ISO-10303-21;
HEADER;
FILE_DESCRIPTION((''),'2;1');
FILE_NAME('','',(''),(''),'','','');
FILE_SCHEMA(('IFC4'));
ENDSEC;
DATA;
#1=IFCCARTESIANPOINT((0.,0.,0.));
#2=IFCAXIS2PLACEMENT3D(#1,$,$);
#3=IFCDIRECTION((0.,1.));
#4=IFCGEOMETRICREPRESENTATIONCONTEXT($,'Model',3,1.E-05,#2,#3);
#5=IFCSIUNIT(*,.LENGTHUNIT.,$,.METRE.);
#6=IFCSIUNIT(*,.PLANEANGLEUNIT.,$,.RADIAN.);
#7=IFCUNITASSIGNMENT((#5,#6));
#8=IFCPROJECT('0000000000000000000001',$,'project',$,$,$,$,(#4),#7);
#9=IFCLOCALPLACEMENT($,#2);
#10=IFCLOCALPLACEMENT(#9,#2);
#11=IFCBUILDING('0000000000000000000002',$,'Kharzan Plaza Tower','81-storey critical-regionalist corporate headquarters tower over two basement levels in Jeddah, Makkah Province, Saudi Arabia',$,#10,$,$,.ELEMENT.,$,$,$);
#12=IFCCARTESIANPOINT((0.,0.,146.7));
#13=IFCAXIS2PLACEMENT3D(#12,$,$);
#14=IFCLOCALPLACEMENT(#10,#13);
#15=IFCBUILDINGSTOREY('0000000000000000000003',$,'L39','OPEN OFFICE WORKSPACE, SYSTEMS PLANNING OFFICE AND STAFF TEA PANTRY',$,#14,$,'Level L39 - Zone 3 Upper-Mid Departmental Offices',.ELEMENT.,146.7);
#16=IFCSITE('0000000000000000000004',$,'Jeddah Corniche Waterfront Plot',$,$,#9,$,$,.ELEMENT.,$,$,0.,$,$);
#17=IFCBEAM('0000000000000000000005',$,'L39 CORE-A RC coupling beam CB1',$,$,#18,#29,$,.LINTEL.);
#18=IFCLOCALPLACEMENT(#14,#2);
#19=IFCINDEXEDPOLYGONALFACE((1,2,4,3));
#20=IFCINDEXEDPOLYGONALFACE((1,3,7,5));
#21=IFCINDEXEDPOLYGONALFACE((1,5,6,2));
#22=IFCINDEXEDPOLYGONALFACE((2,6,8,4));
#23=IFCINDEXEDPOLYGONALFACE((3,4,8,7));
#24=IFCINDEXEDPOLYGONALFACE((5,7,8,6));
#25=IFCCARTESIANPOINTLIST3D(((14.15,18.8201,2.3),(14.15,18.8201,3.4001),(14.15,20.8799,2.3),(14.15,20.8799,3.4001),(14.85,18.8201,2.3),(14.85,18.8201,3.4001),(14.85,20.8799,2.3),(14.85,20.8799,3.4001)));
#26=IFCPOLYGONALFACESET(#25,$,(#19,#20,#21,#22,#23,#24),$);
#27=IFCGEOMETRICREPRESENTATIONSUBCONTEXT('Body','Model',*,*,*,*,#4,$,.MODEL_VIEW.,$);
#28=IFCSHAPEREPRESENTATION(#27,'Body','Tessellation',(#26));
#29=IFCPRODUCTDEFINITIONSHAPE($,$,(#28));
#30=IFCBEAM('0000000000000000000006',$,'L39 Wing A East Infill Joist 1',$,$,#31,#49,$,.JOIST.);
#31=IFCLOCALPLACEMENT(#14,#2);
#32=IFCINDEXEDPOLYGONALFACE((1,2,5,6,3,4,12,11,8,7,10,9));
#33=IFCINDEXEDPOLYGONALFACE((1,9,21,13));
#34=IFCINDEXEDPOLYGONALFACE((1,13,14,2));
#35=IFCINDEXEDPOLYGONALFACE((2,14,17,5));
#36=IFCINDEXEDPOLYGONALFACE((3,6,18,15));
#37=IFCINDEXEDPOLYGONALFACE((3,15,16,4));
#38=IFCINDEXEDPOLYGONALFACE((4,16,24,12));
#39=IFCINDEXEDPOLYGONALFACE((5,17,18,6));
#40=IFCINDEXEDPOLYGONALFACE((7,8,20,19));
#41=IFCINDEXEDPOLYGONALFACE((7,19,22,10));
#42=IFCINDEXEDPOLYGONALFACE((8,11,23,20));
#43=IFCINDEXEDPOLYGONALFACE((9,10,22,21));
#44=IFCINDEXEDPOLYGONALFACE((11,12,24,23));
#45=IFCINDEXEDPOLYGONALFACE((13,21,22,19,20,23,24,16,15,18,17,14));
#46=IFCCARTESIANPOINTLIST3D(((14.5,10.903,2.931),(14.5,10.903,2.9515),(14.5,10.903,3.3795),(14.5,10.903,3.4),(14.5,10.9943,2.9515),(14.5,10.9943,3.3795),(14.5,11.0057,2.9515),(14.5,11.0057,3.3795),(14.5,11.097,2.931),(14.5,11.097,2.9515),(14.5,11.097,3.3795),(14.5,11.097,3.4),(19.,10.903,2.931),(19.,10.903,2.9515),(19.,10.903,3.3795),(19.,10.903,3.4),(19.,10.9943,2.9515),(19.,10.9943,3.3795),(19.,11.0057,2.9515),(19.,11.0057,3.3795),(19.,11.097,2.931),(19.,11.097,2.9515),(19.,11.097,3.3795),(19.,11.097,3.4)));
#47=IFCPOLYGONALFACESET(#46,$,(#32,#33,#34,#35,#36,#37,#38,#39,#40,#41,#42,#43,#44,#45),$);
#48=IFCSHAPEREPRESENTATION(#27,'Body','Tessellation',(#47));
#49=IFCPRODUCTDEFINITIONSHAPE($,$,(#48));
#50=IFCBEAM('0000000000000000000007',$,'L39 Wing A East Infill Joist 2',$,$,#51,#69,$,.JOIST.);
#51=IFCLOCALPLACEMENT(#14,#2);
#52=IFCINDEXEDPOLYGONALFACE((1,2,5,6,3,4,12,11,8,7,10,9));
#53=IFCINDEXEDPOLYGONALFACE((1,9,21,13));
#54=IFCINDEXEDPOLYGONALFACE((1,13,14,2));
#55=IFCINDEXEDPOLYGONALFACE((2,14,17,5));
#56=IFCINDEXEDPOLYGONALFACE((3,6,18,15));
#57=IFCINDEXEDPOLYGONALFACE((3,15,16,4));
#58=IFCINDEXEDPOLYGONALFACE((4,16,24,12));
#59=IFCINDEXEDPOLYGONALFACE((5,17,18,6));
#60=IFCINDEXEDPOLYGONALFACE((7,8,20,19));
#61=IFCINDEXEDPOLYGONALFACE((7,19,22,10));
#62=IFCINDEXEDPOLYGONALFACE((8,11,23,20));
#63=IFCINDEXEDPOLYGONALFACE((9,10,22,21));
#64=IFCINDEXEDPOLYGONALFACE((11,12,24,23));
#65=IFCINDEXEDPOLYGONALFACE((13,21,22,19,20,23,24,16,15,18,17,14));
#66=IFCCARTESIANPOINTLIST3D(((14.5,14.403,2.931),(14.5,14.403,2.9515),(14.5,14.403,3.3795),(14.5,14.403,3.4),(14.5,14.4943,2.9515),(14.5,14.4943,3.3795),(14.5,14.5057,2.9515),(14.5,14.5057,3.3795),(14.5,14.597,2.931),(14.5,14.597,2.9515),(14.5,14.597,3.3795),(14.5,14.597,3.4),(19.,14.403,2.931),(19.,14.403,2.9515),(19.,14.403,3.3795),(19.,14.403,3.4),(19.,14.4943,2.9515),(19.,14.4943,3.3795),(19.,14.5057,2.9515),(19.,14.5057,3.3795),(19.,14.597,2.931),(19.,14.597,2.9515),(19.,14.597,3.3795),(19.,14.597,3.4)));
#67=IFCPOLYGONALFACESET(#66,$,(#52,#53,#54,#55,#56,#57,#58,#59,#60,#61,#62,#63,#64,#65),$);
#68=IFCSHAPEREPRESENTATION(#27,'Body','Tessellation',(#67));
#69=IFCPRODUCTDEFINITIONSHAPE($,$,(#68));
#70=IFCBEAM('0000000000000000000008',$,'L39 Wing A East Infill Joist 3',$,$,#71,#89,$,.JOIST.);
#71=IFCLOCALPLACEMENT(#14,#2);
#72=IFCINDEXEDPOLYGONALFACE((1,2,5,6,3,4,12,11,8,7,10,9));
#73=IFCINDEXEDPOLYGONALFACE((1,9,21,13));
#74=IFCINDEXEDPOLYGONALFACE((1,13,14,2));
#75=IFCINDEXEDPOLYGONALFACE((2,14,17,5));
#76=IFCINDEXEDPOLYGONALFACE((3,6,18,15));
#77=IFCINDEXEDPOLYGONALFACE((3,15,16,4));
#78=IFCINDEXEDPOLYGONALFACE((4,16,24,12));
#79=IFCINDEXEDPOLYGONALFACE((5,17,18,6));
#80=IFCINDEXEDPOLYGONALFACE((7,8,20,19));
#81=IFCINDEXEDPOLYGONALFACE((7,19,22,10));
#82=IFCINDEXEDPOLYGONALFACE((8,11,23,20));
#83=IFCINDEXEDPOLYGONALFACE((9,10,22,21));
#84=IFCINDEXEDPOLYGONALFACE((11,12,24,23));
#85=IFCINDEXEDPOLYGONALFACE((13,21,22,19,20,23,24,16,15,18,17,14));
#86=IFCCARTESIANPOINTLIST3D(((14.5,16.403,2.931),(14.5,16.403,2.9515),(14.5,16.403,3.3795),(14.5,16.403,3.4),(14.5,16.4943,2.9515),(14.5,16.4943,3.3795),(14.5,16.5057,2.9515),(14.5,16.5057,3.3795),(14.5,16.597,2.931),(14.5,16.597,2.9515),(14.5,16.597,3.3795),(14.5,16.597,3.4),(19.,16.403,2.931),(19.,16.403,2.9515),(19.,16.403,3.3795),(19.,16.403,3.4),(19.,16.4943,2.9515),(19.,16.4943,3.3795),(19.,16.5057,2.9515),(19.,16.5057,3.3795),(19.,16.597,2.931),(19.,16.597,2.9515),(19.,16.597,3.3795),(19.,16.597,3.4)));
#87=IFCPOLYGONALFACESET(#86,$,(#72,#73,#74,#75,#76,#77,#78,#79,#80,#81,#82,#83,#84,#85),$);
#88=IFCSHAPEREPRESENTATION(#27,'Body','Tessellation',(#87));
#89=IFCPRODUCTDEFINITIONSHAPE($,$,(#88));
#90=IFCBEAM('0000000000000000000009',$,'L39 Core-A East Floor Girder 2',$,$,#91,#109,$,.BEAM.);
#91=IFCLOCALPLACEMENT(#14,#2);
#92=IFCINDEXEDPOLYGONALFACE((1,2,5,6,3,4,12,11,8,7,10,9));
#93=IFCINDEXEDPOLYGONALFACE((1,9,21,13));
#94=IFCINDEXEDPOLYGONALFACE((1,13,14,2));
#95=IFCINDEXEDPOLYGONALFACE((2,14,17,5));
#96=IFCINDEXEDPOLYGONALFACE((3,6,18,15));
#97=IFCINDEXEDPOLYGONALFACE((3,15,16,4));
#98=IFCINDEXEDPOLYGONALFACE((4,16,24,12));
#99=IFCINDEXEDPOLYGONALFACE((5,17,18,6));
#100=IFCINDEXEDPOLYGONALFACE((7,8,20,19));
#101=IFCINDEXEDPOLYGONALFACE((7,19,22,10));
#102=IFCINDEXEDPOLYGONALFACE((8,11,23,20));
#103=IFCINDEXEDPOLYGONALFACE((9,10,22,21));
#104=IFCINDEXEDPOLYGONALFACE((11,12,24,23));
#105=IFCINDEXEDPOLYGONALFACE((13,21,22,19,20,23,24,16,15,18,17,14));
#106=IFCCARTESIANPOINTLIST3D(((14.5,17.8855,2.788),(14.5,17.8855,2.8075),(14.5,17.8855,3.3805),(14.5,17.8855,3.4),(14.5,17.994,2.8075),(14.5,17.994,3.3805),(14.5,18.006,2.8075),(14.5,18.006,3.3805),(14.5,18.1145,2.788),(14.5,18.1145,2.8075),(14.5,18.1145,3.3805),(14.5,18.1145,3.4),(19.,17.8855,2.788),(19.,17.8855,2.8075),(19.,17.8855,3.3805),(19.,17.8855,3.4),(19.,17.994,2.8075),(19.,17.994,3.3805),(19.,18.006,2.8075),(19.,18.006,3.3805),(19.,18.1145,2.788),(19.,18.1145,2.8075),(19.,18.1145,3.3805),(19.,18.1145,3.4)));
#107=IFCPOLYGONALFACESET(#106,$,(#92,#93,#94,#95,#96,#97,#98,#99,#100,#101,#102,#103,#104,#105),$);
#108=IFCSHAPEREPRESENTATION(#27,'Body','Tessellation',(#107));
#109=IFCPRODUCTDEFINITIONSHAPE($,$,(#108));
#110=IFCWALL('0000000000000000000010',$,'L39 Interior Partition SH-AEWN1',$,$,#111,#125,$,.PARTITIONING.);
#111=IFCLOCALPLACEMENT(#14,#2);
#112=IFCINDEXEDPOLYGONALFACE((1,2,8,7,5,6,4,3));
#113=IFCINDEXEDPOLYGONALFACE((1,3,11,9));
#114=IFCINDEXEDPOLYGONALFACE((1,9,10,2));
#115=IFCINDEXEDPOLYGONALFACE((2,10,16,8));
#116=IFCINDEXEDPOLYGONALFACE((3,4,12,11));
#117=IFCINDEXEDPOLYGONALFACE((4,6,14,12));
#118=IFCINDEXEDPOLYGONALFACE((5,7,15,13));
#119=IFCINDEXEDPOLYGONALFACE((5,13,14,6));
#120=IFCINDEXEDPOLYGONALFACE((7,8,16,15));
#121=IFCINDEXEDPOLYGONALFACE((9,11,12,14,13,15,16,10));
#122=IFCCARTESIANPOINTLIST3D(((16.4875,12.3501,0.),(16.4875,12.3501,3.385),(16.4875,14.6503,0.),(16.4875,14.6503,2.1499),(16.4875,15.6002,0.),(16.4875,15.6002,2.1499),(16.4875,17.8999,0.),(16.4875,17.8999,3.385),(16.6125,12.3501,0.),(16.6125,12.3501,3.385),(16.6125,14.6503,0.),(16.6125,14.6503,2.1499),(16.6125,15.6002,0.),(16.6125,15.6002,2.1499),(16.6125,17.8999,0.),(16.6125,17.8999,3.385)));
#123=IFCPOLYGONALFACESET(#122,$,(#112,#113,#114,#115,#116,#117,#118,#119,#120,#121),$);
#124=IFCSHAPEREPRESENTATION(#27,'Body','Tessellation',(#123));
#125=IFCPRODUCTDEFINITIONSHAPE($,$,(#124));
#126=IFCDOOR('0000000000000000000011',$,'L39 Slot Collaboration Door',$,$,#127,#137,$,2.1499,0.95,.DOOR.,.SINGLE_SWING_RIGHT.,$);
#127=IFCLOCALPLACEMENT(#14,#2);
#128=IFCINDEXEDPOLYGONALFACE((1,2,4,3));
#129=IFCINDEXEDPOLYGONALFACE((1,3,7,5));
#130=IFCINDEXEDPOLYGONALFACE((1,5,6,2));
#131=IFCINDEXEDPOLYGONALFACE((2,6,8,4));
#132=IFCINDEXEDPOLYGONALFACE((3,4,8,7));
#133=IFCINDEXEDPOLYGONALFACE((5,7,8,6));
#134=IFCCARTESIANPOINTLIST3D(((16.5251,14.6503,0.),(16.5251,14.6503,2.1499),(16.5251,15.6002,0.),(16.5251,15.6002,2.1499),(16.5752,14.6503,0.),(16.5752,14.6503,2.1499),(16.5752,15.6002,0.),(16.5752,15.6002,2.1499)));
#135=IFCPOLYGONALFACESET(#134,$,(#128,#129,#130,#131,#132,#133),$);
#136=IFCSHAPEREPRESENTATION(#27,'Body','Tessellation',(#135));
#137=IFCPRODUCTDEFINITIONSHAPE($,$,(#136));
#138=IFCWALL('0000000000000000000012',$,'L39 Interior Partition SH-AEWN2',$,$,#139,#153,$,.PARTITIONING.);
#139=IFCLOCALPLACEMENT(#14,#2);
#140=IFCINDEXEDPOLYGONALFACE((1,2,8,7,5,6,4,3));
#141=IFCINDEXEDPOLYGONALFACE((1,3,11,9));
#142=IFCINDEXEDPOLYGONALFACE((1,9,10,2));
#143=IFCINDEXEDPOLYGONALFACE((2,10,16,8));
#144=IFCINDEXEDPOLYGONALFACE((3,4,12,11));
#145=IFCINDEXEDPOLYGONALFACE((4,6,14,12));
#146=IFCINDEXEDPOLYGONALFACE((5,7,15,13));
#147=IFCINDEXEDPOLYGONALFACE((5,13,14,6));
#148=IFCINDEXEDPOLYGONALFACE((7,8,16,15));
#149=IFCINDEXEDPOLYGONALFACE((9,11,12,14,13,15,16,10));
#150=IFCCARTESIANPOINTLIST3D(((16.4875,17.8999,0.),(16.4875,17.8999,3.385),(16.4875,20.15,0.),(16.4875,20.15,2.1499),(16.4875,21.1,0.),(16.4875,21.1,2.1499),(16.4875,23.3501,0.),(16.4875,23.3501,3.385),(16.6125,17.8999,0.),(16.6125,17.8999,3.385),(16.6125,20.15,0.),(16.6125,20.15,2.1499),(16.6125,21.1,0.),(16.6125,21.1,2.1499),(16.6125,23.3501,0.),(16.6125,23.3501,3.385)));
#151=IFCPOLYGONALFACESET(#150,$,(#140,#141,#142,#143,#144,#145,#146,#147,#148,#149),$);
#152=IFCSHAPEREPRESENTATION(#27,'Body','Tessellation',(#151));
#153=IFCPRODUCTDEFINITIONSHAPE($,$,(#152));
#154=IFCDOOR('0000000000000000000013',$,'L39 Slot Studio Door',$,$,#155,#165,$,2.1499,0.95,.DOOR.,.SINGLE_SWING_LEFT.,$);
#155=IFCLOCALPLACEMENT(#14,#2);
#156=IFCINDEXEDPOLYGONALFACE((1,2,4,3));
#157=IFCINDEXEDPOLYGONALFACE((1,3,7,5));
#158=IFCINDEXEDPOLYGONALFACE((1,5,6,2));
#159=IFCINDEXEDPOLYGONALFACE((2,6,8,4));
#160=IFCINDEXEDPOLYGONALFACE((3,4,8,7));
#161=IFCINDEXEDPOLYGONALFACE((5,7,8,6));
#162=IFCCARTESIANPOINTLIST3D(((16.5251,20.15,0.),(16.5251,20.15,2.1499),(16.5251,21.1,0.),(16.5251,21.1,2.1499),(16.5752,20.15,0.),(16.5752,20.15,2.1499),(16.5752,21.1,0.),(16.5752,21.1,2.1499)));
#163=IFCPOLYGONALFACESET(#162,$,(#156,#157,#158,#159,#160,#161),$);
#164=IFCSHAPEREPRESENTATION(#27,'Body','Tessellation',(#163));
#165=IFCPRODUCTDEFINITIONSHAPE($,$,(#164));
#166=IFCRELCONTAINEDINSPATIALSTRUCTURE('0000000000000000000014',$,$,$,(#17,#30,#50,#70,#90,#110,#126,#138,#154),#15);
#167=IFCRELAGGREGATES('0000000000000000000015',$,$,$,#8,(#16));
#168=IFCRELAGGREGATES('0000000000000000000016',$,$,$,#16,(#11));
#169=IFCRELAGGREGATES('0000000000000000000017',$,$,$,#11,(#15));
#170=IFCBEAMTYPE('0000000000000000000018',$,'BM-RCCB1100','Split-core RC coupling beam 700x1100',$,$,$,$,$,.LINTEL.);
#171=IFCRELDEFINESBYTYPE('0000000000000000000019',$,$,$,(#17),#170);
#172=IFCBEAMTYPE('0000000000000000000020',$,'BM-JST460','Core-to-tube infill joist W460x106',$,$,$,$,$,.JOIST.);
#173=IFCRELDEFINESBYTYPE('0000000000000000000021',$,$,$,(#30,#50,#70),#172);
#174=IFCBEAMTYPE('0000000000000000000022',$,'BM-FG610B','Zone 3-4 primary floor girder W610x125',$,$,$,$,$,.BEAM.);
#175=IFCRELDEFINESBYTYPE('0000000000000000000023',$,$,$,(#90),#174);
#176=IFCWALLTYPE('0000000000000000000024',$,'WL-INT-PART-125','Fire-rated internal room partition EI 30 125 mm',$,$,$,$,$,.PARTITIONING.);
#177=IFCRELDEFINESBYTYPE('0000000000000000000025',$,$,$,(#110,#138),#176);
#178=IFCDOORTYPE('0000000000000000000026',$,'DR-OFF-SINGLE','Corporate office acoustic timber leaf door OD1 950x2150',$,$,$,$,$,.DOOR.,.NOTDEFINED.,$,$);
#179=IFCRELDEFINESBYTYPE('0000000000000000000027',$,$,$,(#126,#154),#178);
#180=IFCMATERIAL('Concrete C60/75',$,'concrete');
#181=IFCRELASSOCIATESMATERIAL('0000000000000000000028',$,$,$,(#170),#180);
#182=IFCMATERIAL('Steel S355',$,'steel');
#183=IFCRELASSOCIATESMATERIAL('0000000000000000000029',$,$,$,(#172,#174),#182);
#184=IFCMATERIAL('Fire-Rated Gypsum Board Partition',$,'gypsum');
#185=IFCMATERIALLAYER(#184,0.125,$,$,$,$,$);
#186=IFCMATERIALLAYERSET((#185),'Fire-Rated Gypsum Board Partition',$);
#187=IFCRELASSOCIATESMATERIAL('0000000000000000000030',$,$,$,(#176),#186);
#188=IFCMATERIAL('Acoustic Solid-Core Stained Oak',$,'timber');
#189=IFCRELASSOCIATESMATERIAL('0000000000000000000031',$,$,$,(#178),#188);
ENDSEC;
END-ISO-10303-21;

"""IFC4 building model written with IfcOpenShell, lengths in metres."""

from ifc_helpers import new_model, si_unit, direction, frame, frame_2d, origin, origin_2d, place, context, subcontext, project, spatial, rectangle, i_section, extrude, source, transform, mapped, material, layer, layer_set, material_profile, profile_set, type_object, element, fill, save


model = new_model("IFC4")

# Units and contexts
model_context = context("Model", 3, precision=1e-05, world=origin(), true_north=direction((0.0, 1.0)))
body_context = subcontext(model_context, "Body", "Model", "MODEL_VIEW")
ifc_project = project(units=[si_unit("LENGTHUNIT", "METRE"), si_unit("PLANEANGLEUNIT", "RADIAN")], contexts=[model_context])

# Site, building, storey
site_placement = place(None, origin())
site = spatial("IfcSite", under=ifc_project, at=site_placement, Name="Jeddah Corniche Waterfront Plot", CompositionType="ELEMENT", RefElevation=0.0)
building_placement = place(site_placement, origin())
building = spatial("IfcBuilding", under=site, at=building_placement, Name="Kharzan Plaza Tower", Description="81-storey critical-regionalist corporate headquarters tower over two basement levels in Jeddah, Makkah Province, Saudi Arabia", CompositionType="ELEMENT")
storey_placement = place(building_placement, frame((0.0, 0.0, 146.7)))
storey = spatial("IfcBuildingStorey", under=building, at=storey_placement, Name="L39", Description="OPEN OFFICE WORKSPACE, SYSTEMS PLANNING OFFICE AND STAFF TEA PANTRY", LongName="Level L39 - Zone 3 Upper-Mid Departmental Offices", CompositionType="ELEMENT", Elevation=146.7)

# Beams
ifc_material_1 = material(Name="Concrete C60/75", Category="concrete")
ifc_material_profile_1 = material_profile(ifc_material_1, rectangle(XDim=0.7, YDim=1.1001, at=origin_2d()), Name="RC-CB1100x700")
ifc_profile_set_1 = profile_set([ifc_material_profile_1], Name="Concrete C60/75")
beam_type_1 = type_object("IfcBeamType", Name="BM-RCCB1100", Description="Split-core RC coupling beam 700x1100", PredefinedType="LINTEL", material=ifc_profile_set_1)
shared_shape_1 = source(origin(), body_context, "Body", "SweptSolid", [
    extrude(rectangle(XDim=0.7, YDim=1.1001, at=origin_2d()), origin(), (0.0, 0.0, 1.0), 2.0598),
])
beam_1_placement = place(storey_placement, frame((14.5, 18.8201, 2.8501), z_axis=(0.0, 1.0, 0.0), x_axis=(-1.0, 0.0, 0.0)))
element("IfcBeam", 1, at=beam_1_placement, inside=storey, type_object=beam_type_1, Name="L39 CORE-A RC coupling beam CB1", PredefinedType="LINTEL", context=body_context, shape_type="MappedRepresentation", body=[
    mapped(shared_shape_1, transform((0.0, 0.0, 0.0), x_axis=(1.0, 0.0, 0.0), y_axis=(0.0, 1.0, 0.0), z_axis=(0.0, 0.0, 1.0))),
])
ifc_material_2 = material(Name="Steel S355", Category="steel")
ifc_material_profile_2 = material_profile(ifc_material_2, i_section(OverallWidth=0.1941, OverallDepth=0.469, WebThickness=0.0115, FlangeThickness=0.0205, at=origin_2d()), Name="W460x106")
ifc_profile_set_2 = profile_set([ifc_material_profile_2], Name="Steel S355")
beam_type_2 = type_object("IfcBeamType", Name="BM-JST460", Description="Core-to-tube infill joist W460x106", PredefinedType="JOIST", material=ifc_profile_set_2)
shared_shape_2 = source(origin(), body_context, "Body", "SweptSolid", [
    extrude(i_section(OverallWidth=0.1941, OverallDepth=0.469, WebThickness=0.0115, FlangeThickness=0.0205, at=origin_2d()), origin(), (0.0, 0.0, 1.0), 4.5),
])
for number, where, z_axis, x_axis, name in (
    (2, (14.5, 11.0, 3.1655), (1.0, 0.0, 0.0), (0.0, 1.0, 0.0), "L39 Wing A East Infill Joist 1"),
    (3, (14.5, 14.5, 3.1655), (1.0, 0.0, 0.0), (0.0, 1.0, 0.0), "L39 Wing A East Infill Joist 2"),
    (4, (14.5, 16.5, 3.1655), (1.0, 0.0, 0.0), (0.0, 1.0, 0.0), "L39 Wing A East Infill Joist 3"),
):
    element("IfcBeam", number, at=place(storey_placement, frame(where, z_axis=z_axis, x_axis=x_axis)), inside=storey, type_object=beam_type_2, Name=name, PredefinedType="JOIST", context=body_context, shape_type="MappedRepresentation", body=[
        mapped(shared_shape_2, transform((0.0, 0.0, 0.0), x_axis=(1.0, 0.0, 0.0), y_axis=(0.0, 1.0, 0.0), z_axis=(0.0, 0.0, 1.0))),
    ])
ifc_material_profile_3 = material_profile(ifc_material_2, i_section(OverallWidth=0.229, OverallDepth=0.6121, WebThickness=0.012, FlangeThickness=0.0195, at=origin_2d()), Name="W610x125")
ifc_profile_set_3 = profile_set([ifc_material_profile_3], Name="Steel S355")
beam_type_3 = type_object("IfcBeamType", Name="BM-FG610B", Description="Zone 3-4 primary floor girder W610x125", PredefinedType="BEAM", material=ifc_profile_set_3)
shared_shape_3 = source(origin(), body_context, "Body", "SweptSolid", [
    extrude(i_section(OverallWidth=0.229, OverallDepth=0.6121, WebThickness=0.012, FlangeThickness=0.0195, at=origin_2d()), origin(), (0.0, 0.0, 1.0), 4.5),
])
beam_2_placement = place(storey_placement, frame((14.5, 18.0, 3.094), z_axis=(1.0, 0.0, 0.0), x_axis=(0.0, 1.0, 0.0)))
element("IfcBeam", 5, at=beam_2_placement, inside=storey, type_object=beam_type_3, Name="L39 Core-A East Floor Girder 2", PredefinedType="BEAM", context=body_context, shape_type="MappedRepresentation", body=[
    mapped(shared_shape_3, transform((0.0, 0.0, 0.0), x_axis=(1.0, 0.0, 0.0), y_axis=(0.0, 1.0, 0.0), z_axis=(0.0, 0.0, 1.0))),
])

# Walls, openings, doors
ifc_material_3 = material(Name="Fire-Rated Gypsum Board Partition", Category="gypsum")
ifc_layer_1 = layer(ifc_material_3, 0.125)
ifc_layer_set_1 = layer_set([ifc_layer_1], Name="Fire-Rated Gypsum Board Partition")
wall_type_1 = type_object("IfcWallType", Name="WL-INT-PART-125", Description="Fire-rated internal room partition EI 30 125 mm", PredefinedType="PARTITIONING", material=ifc_layer_set_1)
wall_1_placement = place(storey_placement, frame((16.55, 12.3501, 0.0), z_axis=(0.0, 0.0, 1.0), x_axis=(0.0, 1.0, 0.0)))
wall_1 = element("IfcWall", 6, at=wall_1_placement, inside=storey, type_object=wall_type_1, Name="L39 Interior Partition SH-AEWN1", PredefinedType="PARTITIONING", context=body_context, shape_type="SweptSolid", body=[
    extrude(rectangle(XDim=5.5498, YDim=0.125, at=frame_2d((2.7749, 0.0))), origin(), (0.0, 0.0, 1.0), 3.385),
])
opening_1_placement = place(wall_1_placement, frame((2.3, 0.0, 0.0)))
opening_1 = element("IfcOpeningElement", 7, at=opening_1_placement, cuts=wall_1, PredefinedType="OPENING", context=body_context, shape_type="SweptSolid", body=[
    extrude(rectangle(XDim=0.95, YDim=2.1499, at=frame_2d((0.4751, 1.075))), frame((0.0, 0.0725, 0.0), z_axis=(0.0, -1.0, 0.0), x_axis=(1.0, 0.0, 0.0)), (0.0, 0.0, 1.0), 0.145),
])
ifc_material_4 = material(Name="Acoustic Solid-Core Stained Oak", Category="timber")
door_type_1 = type_object("IfcDoorType", Name="DR-OFF-SINGLE", Description="Corporate office acoustic timber leaf door OD1 950x2150", OperationType="NOTDEFINED", PredefinedType="DOOR", material=ifc_material_4)
shared_shape_4 = source(origin(), body_context, "Body", "SweptSolid", [
    extrude(rectangle(XDim=0.95, YDim=2.1499, at=frame_2d((0.4751, 1.075))), frame((0.0, 0.0249, 0.0), z_axis=(0.0, -1.0, 0.0), x_axis=(1.0, 0.0, 0.0)), (0.0, 0.0, 1.0), 0.05),
])
door_1_placement = place(opening_1_placement, origin())
door_1 = element("IfcDoor", 8, at=door_1_placement, inside=storey, type_object=door_type_1, Name="L39 Slot Collaboration Door", OperationType="SINGLE_SWING_RIGHT", OverallHeight=2.1499, OverallWidth=0.95, PredefinedType="DOOR", context=body_context, shape_type="MappedRepresentation", body=[
    mapped(shared_shape_4, transform((0.0, 0.0, 0.0), x_axis=(1.0, 0.0, 0.0), y_axis=(0.0, 1.0, 0.0), z_axis=(0.0, 0.0, 1.0))),
])
fill(opening_1, door_1)
wall_2_placement = place(storey_placement, frame((16.55, 17.8999, 0.0), z_axis=(0.0, 0.0, 1.0), x_axis=(0.0, 1.0, 0.0)))
wall_2 = element("IfcWall", 9, at=wall_2_placement, inside=storey, type_object=wall_type_1, Name="L39 Interior Partition SH-AEWN2", PredefinedType="PARTITIONING", context=body_context, shape_type="SweptSolid", body=[
    extrude(rectangle(XDim=5.4502, YDim=0.125, at=frame_2d((2.7251, 0.0))), origin(), (0.0, 0.0, 1.0), 3.385),
])
opening_2_placement = place(wall_2_placement, frame((2.25, 0.0, 0.0)))
opening_2 = element("IfcOpeningElement", 10, at=opening_2_placement, cuts=wall_2, PredefinedType="OPENING", context=body_context, shape_type="SweptSolid", body=[
    extrude(rectangle(XDim=0.95, YDim=2.1499, at=frame_2d((0.4751, 1.075))), frame((0.0, 0.0725, 0.0), z_axis=(0.0, -1.0, 0.0), x_axis=(1.0, 0.0, 0.0)), (0.0, 0.0, 1.0), 0.145),
])
door_2_placement = place(opening_2_placement, origin())
door_2 = element("IfcDoor", 11, at=door_2_placement, inside=storey, type_object=door_type_1, Name="L39 Slot Studio Door", OperationType="SINGLE_SWING_LEFT", OverallHeight=2.1499, OverallWidth=0.95, PredefinedType="DOOR", context=body_context, shape_type="MappedRepresentation", body=[
    mapped(shared_shape_4, transform((0.0, 0.0, 0.0), x_axis=(1.0, 0.0, 0.0), y_axis=(0.0, 1.0, 0.0), z_axis=(0.0, 0.0, 1.0))),
])
fill(opening_2, door_2)

save(model, "model.ifc")
